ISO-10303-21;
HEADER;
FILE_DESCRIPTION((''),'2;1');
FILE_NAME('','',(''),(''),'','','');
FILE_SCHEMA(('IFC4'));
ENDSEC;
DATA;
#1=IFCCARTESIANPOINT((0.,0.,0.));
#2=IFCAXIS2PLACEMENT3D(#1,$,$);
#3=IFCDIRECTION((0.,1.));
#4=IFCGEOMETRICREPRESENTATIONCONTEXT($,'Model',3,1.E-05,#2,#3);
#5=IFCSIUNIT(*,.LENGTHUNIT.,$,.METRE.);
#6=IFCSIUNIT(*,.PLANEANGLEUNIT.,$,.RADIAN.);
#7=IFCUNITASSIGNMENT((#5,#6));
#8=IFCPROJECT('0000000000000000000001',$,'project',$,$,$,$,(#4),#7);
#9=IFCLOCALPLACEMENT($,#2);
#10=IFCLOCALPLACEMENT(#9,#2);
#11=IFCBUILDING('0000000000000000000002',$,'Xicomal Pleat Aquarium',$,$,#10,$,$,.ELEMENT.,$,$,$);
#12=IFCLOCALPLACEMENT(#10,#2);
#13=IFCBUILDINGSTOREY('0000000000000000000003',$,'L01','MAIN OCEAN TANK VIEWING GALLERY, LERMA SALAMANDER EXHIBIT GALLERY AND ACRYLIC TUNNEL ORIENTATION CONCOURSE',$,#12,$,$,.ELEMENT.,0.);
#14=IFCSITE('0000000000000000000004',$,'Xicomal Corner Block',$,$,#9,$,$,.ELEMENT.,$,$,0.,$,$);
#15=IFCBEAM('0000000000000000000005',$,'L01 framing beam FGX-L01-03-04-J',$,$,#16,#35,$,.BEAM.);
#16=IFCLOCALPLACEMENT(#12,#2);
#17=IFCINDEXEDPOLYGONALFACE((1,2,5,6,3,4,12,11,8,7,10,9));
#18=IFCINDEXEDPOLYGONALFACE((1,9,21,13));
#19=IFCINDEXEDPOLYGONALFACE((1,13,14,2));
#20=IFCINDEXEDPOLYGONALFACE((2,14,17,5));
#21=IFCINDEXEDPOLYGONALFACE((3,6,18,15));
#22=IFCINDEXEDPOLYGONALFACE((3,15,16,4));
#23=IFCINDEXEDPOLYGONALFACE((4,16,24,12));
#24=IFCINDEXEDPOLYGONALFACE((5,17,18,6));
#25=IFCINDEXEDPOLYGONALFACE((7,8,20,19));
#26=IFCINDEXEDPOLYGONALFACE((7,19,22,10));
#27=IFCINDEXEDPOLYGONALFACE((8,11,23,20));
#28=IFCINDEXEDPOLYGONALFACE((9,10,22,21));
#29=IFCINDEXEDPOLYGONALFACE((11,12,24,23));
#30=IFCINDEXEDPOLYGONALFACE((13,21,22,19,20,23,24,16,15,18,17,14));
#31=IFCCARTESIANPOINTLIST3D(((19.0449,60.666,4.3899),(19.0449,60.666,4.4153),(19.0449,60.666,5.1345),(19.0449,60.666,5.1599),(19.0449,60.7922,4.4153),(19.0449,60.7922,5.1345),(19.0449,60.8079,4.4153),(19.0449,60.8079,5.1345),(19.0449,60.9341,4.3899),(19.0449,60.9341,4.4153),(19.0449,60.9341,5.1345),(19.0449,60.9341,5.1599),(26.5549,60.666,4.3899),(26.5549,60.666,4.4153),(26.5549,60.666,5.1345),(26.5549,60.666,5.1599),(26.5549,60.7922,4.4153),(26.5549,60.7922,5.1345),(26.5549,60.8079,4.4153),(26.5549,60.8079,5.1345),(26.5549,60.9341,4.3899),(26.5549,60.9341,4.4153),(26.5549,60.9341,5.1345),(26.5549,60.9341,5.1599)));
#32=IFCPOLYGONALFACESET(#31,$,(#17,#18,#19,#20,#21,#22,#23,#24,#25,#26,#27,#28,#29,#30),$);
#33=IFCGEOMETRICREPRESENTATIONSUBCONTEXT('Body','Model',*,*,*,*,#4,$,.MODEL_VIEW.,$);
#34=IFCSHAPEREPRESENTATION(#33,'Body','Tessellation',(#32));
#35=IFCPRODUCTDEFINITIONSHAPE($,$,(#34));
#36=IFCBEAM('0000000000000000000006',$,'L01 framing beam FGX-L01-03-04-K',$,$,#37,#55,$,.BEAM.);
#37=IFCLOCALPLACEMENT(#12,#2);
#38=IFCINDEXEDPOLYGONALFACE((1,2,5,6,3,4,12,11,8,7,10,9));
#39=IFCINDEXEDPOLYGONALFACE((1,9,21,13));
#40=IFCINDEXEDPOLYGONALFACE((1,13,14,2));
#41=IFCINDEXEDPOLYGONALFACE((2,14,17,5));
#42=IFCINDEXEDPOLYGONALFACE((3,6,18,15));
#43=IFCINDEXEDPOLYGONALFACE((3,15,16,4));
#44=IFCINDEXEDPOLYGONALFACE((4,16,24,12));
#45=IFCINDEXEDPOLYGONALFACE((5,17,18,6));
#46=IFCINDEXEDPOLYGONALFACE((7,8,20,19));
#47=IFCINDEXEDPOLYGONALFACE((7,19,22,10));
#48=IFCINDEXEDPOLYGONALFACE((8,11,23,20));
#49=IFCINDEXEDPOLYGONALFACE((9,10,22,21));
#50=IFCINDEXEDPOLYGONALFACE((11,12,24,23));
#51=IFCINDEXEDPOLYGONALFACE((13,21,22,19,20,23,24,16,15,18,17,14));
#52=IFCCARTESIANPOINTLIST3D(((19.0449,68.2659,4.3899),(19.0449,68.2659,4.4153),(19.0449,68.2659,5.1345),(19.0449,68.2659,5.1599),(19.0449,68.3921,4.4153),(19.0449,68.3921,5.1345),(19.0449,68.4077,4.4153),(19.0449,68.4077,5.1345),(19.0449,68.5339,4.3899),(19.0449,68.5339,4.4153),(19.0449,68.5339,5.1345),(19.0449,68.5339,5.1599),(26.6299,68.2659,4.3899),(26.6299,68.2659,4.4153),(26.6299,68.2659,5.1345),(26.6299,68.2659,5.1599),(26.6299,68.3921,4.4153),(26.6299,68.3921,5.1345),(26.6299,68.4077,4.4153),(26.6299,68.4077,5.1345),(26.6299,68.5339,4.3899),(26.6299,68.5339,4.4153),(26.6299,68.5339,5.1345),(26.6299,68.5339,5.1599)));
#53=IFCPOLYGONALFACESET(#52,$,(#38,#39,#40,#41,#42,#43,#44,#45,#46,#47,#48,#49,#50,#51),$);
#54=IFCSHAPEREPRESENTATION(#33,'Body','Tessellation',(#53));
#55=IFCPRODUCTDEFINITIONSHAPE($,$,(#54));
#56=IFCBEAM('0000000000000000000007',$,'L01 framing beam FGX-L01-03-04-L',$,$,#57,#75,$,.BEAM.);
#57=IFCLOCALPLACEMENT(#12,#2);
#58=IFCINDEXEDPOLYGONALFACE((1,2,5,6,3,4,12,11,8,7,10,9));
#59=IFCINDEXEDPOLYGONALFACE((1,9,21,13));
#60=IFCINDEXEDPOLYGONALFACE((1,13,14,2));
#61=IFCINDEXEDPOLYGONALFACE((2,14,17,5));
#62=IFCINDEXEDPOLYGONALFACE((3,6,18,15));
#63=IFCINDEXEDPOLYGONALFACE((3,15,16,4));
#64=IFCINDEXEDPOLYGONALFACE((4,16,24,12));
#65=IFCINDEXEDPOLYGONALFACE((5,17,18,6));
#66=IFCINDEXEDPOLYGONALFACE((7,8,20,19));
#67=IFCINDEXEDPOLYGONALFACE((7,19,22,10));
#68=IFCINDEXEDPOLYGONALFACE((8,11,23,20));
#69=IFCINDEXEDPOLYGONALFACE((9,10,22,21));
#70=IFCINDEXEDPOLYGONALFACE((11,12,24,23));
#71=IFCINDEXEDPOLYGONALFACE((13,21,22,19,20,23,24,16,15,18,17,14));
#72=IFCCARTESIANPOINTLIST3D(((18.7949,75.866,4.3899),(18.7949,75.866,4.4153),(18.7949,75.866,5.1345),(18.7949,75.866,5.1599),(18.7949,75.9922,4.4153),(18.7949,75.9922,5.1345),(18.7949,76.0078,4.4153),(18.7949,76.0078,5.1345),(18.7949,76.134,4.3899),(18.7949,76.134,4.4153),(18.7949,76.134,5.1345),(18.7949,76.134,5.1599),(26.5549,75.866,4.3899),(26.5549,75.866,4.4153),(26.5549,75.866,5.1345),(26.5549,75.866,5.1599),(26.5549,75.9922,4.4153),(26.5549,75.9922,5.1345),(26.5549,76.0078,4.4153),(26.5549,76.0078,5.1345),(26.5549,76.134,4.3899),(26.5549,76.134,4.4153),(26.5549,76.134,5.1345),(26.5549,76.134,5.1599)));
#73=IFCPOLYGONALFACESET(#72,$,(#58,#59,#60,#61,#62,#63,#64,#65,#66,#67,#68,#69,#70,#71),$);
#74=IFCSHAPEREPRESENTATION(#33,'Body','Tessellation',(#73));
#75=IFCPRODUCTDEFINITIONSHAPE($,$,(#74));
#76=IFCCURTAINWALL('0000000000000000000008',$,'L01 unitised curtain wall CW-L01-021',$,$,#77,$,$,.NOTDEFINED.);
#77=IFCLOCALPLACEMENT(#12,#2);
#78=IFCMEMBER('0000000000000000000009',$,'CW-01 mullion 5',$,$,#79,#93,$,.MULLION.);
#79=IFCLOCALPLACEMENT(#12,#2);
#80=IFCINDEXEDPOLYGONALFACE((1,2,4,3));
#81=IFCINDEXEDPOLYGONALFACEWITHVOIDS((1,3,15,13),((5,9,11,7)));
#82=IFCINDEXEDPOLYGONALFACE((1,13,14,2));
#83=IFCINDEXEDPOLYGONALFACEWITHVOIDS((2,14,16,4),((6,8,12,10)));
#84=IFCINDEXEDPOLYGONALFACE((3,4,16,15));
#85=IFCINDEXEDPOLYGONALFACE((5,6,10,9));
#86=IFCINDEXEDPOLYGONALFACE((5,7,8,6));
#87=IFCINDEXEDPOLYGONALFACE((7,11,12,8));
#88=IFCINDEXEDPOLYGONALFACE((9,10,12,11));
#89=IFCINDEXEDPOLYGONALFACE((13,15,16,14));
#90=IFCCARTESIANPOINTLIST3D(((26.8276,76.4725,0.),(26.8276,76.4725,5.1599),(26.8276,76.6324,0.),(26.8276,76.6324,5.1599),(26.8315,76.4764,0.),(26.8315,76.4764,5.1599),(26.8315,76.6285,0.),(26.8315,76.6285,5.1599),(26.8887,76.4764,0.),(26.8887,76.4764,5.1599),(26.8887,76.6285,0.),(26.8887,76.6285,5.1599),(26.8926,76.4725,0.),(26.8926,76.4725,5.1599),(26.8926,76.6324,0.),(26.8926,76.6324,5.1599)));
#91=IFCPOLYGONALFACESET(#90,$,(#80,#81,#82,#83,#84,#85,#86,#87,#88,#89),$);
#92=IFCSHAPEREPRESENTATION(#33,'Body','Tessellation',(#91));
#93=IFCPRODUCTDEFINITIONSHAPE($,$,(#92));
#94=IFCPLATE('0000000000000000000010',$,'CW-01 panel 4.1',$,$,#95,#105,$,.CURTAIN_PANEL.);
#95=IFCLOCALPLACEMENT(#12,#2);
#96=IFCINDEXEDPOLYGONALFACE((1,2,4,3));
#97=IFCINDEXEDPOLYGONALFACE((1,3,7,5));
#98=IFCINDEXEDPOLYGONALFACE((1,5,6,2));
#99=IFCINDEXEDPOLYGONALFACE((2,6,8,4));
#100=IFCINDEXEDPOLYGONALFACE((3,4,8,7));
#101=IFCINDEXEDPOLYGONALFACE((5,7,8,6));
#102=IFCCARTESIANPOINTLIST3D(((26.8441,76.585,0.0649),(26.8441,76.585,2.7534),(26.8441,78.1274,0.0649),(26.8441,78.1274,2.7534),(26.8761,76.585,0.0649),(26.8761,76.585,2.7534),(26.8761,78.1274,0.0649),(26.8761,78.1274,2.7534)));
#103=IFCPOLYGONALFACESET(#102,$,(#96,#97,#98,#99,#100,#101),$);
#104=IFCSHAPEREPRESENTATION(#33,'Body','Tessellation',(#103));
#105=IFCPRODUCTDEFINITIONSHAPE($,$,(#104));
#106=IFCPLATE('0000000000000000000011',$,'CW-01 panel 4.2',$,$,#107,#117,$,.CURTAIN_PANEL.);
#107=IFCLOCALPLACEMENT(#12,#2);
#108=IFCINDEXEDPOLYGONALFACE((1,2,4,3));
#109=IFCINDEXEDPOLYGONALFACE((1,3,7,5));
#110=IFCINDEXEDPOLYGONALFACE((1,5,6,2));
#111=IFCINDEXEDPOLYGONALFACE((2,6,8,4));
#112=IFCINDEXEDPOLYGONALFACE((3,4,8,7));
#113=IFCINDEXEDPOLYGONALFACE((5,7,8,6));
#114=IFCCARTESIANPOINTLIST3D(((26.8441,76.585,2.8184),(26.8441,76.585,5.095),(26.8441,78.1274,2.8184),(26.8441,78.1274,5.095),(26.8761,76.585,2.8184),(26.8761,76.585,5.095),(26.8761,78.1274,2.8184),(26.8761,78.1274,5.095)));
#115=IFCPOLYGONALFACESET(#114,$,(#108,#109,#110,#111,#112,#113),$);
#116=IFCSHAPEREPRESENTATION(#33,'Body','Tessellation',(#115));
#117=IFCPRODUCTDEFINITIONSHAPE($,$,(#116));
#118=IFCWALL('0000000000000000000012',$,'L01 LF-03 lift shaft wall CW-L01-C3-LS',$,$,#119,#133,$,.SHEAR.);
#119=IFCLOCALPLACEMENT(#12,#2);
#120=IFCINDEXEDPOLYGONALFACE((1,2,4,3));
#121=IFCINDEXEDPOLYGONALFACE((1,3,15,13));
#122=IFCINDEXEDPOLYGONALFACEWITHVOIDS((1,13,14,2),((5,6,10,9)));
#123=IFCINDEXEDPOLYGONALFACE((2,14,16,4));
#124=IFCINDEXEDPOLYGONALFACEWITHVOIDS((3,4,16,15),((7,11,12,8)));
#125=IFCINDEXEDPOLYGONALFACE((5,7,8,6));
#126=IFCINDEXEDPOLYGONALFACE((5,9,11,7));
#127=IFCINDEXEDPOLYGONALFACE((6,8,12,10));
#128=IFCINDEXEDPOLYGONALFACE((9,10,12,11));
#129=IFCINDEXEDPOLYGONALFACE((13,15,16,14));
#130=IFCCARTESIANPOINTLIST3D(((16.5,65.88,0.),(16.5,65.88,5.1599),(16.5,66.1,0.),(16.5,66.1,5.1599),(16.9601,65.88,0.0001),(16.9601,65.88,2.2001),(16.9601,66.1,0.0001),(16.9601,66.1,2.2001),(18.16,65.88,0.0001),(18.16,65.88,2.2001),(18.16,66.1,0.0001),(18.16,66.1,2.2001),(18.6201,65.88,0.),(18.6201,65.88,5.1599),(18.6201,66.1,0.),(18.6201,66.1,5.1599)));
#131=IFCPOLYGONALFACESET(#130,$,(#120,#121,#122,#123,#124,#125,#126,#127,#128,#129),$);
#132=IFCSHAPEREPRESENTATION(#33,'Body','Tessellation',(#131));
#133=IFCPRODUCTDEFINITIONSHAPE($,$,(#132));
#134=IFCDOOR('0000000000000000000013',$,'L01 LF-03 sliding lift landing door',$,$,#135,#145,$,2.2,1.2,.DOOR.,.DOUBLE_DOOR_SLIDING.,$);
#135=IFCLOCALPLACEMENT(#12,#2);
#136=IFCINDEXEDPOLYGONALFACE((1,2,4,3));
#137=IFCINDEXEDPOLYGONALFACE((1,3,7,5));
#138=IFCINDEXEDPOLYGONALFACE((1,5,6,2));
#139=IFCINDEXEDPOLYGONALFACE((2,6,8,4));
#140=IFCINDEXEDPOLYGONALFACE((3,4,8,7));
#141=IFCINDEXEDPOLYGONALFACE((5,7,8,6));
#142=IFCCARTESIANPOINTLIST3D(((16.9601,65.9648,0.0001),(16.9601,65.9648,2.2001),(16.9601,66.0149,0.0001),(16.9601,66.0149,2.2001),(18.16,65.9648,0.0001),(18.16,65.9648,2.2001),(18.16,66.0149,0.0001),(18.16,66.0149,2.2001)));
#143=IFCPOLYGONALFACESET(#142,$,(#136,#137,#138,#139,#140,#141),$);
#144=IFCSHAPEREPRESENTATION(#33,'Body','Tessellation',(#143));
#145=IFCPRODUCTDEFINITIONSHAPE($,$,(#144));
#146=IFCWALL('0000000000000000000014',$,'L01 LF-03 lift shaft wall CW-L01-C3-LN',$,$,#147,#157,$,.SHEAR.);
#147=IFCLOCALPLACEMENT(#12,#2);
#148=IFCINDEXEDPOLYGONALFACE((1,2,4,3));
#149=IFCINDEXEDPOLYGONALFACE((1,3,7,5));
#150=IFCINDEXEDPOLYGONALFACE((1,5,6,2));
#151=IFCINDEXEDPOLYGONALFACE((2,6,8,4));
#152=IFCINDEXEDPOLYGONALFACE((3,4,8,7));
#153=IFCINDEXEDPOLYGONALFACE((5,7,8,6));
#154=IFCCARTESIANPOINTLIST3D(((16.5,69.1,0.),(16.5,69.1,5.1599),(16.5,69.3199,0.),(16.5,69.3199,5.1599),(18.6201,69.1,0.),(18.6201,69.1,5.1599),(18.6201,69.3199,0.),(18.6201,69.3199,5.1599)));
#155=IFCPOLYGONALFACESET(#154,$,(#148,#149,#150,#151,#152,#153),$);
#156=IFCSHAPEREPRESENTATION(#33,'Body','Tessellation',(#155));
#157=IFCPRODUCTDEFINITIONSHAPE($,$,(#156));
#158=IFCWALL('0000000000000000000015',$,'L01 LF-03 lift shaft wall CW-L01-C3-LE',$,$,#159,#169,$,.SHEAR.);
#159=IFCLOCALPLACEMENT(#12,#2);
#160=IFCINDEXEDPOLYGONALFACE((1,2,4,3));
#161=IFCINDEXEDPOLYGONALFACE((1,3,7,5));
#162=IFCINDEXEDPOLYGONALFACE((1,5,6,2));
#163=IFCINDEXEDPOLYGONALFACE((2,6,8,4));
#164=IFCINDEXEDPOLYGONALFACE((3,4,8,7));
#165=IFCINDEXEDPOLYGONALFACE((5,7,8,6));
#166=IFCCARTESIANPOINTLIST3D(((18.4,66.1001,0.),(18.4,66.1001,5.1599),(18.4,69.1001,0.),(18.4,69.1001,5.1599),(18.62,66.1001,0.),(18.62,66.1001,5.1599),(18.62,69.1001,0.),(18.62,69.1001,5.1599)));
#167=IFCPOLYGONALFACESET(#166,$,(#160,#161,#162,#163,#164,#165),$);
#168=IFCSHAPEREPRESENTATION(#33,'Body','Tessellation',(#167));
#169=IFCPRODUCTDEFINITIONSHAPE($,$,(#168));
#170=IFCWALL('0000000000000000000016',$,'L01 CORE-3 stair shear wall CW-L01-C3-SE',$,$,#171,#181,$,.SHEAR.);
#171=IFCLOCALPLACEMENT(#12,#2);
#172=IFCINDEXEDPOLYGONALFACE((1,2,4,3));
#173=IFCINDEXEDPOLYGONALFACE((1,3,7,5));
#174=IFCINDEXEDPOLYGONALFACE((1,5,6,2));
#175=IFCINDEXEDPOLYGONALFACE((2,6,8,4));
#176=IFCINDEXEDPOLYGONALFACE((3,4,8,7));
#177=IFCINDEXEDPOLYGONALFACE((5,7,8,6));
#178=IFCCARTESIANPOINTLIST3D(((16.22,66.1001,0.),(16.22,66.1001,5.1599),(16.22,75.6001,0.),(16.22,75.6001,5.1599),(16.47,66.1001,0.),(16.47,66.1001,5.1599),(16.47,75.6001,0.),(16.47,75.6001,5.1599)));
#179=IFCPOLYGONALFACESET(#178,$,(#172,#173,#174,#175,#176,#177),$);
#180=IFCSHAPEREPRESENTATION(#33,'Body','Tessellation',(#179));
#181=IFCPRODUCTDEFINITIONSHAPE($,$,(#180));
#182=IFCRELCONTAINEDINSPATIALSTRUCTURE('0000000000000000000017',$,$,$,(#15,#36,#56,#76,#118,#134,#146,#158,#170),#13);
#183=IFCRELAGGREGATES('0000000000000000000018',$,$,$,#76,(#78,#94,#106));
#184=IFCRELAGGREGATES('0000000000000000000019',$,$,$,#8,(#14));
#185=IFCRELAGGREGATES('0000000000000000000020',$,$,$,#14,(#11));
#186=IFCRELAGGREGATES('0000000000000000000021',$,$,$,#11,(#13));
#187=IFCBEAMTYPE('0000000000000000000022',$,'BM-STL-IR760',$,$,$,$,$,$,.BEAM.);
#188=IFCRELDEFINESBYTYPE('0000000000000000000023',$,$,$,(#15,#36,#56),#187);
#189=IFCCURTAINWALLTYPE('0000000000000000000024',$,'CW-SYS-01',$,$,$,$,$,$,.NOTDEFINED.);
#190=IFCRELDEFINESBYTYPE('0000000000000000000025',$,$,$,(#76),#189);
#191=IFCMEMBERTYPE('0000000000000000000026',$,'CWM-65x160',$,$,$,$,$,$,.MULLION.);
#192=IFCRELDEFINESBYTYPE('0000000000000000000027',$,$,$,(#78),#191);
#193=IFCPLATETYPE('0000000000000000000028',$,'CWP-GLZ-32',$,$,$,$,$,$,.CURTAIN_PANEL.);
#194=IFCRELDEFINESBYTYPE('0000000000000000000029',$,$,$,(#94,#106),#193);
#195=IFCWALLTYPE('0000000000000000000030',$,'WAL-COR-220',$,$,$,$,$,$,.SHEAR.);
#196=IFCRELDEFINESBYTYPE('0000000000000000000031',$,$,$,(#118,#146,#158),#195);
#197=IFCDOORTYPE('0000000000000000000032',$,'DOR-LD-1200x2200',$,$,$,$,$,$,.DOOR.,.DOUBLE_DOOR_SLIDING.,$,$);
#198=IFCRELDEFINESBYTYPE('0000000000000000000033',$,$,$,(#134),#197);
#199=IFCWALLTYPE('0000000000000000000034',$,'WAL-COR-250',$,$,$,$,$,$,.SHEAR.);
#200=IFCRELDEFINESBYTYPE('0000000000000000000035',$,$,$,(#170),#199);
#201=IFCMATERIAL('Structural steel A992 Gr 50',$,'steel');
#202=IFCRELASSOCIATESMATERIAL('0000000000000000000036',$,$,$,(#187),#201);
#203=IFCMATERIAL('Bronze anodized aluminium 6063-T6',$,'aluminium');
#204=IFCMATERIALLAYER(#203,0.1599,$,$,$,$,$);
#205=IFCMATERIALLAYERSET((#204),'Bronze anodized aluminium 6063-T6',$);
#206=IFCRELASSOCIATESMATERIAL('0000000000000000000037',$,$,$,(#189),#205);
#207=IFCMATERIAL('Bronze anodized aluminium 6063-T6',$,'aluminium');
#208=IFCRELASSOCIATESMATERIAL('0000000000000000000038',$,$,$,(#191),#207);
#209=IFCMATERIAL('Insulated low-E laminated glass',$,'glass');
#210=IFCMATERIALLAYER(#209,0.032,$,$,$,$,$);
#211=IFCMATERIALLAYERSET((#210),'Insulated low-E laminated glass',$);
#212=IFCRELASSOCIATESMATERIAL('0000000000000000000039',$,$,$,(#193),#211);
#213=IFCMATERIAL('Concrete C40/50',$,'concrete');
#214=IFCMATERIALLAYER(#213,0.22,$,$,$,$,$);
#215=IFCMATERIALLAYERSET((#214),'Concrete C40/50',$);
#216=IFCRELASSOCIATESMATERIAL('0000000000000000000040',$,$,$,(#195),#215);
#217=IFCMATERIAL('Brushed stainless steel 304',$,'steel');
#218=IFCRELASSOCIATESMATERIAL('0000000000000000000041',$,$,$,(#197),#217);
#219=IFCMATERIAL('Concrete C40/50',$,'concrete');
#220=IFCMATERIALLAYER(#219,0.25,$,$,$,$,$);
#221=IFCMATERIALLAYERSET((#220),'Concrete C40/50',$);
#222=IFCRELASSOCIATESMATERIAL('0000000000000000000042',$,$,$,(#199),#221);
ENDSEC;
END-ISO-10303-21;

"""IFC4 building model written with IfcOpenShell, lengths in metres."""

from ifc_helpers import new_model, si_unit, direction, frame, frame_2d, origin, origin_2d, place, context, subcontext, project, spatial, rectangle, hollow_rectangle, i_section, extrude, material, layer, layer_set, material_profile, profile_set, type_object, element, fill, aggregate, save


model = new_model("IFC4")

# Units and contexts
model_context = context("Model", 3, precision=1e-05, world=origin(), true_north=direction((0.0, 1.0)))
body_context = subcontext(model_context, "Body", "Model", "MODEL_VIEW")
ifc_project = project(units=[si_unit("LENGTHUNIT", "METRE"), si_unit("PLANEANGLEUNIT", "RADIAN")], contexts=[model_context])

# Site, building, storey
site_placement = place(None, origin())
site = spatial("IfcSite", under=ifc_project, at=site_placement, Name="Xicomal Corner Block", CompositionType="ELEMENT", RefElevation=0.0)
building_placement = place(site_placement, origin())
building = spatial("IfcBuilding", under=site, at=building_placement, Name="Xicomal Pleat Aquarium", CompositionType="ELEMENT")
storey_placement = place(building_placement, origin())
storey = spatial("IfcBuildingStorey", under=building, at=storey_placement, Name="L01", Description="MAIN OCEAN TANK VIEWING GALLERY, LERMA SALAMANDER EXHIBIT GALLERY AND ACRYLIC TUNNEL ORIENTATION CONCOURSE", CompositionType="ELEMENT", Elevation=0.0)

# Beams
ifc_material_1 = material(Name="Structural steel A992 Gr 50", Category="steel")
ifc_material_profile_1 = material_profile(ifc_material_1, i_section(OverallWidth=0.2681, OverallDepth=0.77, WebThickness=0.0156, FlangeThickness=0.0254, at=origin_2d()), Name="IR 760x196")
ifc_profile_set_1 = profile_set([ifc_material_profile_1], Name="Structural steel A992 Gr 50")
beam_type_1 = type_object("IfcBeamType", Name="BM-STL-IR760", PredefinedType="BEAM", material=ifc_profile_set_1)
beam_1_placement = place(storey_placement, frame((19.0449, 60.8, 4.7749), z_axis=(1.0, 0.0, 0.0), x_axis=(0.0, 1.0, 0.0)))
element("IfcBeam", 1, at=beam_1_placement, inside=storey, type_object=beam_type_1, Name="L01 framing beam FGX-L01-03-04-J", PredefinedType="BEAM", context=body_context, shape_type="SweptSolid", body=[
    extrude(i_section(OverallWidth=0.2681, OverallDepth=0.77, WebThickness=0.0156, FlangeThickness=0.0254, at=origin_2d()), origin(), (0.0, 0.0, 1.0), 7.51),
])
beam_2_placement = place(storey_placement, frame((19.0449, 68.3999, 4.7749), z_axis=(1.0, 0.0, 0.0), x_axis=(0.0, 1.0, 0.0)))
element("IfcBeam", 2, at=beam_2_placement, inside=storey, type_object=beam_type_1, Name="L01 framing beam FGX-L01-03-04-K", PredefinedType="BEAM", context=body_context, shape_type="SweptSolid", body=[
    extrude(i_section(OverallWidth=0.2681, OverallDepth=0.77, WebThickness=0.0156, FlangeThickness=0.0254, at=origin_2d()), origin(), (0.0, 0.0, 1.0), 7.585),
])
beam_3_placement = place(storey_placement, frame((18.7949, 76.0, 4.7749), z_axis=(1.0, 0.0, 0.0), x_axis=(0.0, 1.0, 0.0)))
element("IfcBeam", 3, at=beam_3_placement, inside=storey, type_object=beam_type_1, Name="L01 framing beam FGX-L01-03-04-L", PredefinedType="BEAM", context=body_context, shape_type="SweptSolid", body=[
    extrude(i_section(OverallWidth=0.2681, OverallDepth=0.77, WebThickness=0.0156, FlangeThickness=0.0254, at=origin_2d()), origin(), (0.0, 0.0, 1.0), 7.76),
])

# Curtain wall, member, plates
ifc_material_2 = material(Name="Bronze anodized aluminium 6063-T6", Category="aluminium")
ifc_layer_1 = layer(ifc_material_2, 0.1599)
ifc_layer_set_1 = layer_set([ifc_layer_1], Name="Bronze anodized aluminium 6063-T6")
curtain_wall_type = type_object("IfcCurtainWallType", Name="CW-SYS-01", PredefinedType="NOTDEFINED", material=ifc_layer_set_1)
curtain_wall_placement = place(storey_placement, origin())
curtain_wall = element("IfcCurtainWall", 4, at=curtain_wall_placement, inside=storey, type_object=curtain_wall_type, Name="L01 unitised curtain wall CW-L01-021", PredefinedType="NOTDEFINED")
ifc_material_3 = material(Name="Bronze anodized aluminium 6063-T6", Category="aluminium")
ifc_material_profile_2 = material_profile(ifc_material_3, hollow_rectangle(XDim=0.0649, YDim=0.1599, WallThickness=0.0039, at=origin_2d()), Name="ALU MULL 65x160")
ifc_profile_set_2 = profile_set([ifc_material_profile_2], Name="Bronze anodized aluminium 6063-T6")
member_type = type_object("IfcMemberType", Name="CWM-65x160", PredefinedType="MULLION", material=ifc_profile_set_2)
member_placement = place(storey_placement, frame((26.8601, 76.5525, 0.0), z_axis=(0.0, 0.0, 1.0), x_axis=(1.0, 0.0, 0.0)))
member = element("IfcMember", 5, at=member_placement, type_object=member_type, Name="CW-01 mullion 5", PredefinedType="MULLION", context=body_context, shape_type="SweptSolid", body=[
    extrude(hollow_rectangle(XDim=0.0649, YDim=0.1599, WallThickness=0.0039, at=origin_2d()), origin(), (0.0, 0.0, 1.0), 5.1599),
])
ifc_material_4 = material(Name="Insulated low-E laminated glass", Category="glass")
ifc_layer_2 = layer(ifc_material_4, 0.032)
ifc_layer_set_2 = layer_set([ifc_layer_2], Name="Insulated low-E laminated glass")
plate_type = type_object("IfcPlateType", Name="CWP-GLZ-32", PredefinedType="CURTAIN_PANEL", material=ifc_layer_set_2)
plate_1_placement = place(storey_placement, frame((26.8601, 77.3562, 0.0649), z_axis=(0.0, 0.0, 1.0), x_axis=(0.0, -1.0, 0.0)))
plate_1 = element("IfcPlate", 6, at=plate_1_placement, type_object=plate_type, Name="CW-01 panel 4.1", PredefinedType="CURTAIN_PANEL", context=body_context, shape_type="SweptSolid", body=[
    extrude(rectangle(XDim=1.5425, YDim=0.032, at=origin_2d()), origin(), (0.0, 0.0, 1.0), 2.6885),
])
plate_2_placement = place(storey_placement, frame((26.8601, 77.3562, 2.8184), z_axis=(0.0, 0.0, 1.0), x_axis=(0.0, -1.0, 0.0)))
plate_2 = element("IfcPlate", 7, at=plate_2_placement, type_object=plate_type, Name="CW-01 panel 4.2", PredefinedType="CURTAIN_PANEL", context=body_context, shape_type="SweptSolid", body=[
    extrude(rectangle(XDim=1.5425, YDim=0.032, at=origin_2d()), origin(), (0.0, 0.0, 1.0), 2.2766),
])
aggregate(curtain_wall, [member, plate_1, plate_2])

# Wall, opening, door
ifc_material_5 = material(Name="Concrete C40/50", Category="concrete")
ifc_layer_3 = layer(ifc_material_5, 0.22)
ifc_layer_set_3 = layer_set([ifc_layer_3], Name="Concrete C40/50")
wall_type_1 = type_object("IfcWallType", Name="WAL-COR-220", PredefinedType="SHEAR", material=ifc_layer_set_3)
wall_1_placement = place(storey_placement, frame((16.5, 65.99, 0.0), z_axis=(0.0, 0.0, 1.0), x_axis=(1.0, 0.0, 0.0)))
wall_1 = element("IfcWall", 8, at=wall_1_placement, inside=storey, type_object=wall_type_1, Name="L01 LF-03 lift shaft wall CW-L01-C3-LS", PredefinedType="SHEAR", context=body_context, shape_type="SweptSolid", body=[
    extrude(rectangle(XDim=2.1201, YDim=0.22, at=frame_2d((1.0601, 0.0))), origin(), (0.0, 0.0, 1.0), 5.1599),
])
opening_1_placement = place(wall_1_placement, frame((0.46, 0.0, 0.0)))
opening_1 = element("IfcOpeningElement", 9, at=opening_1_placement, cuts=wall_1, PredefinedType="OPENING", context=body_context, shape_type="SweptSolid", body=[
    extrude(rectangle(XDim=1.2, YDim=2.2, at=frame_2d((0.6001, 1.1001))), frame((0.0, 0.1199, 0.0), z_axis=(0.0, -1.0, 0.0), x_axis=(1.0, 0.0, 0.0)), (0.0, 0.0, 1.0), 0.24),
])
ifc_material_6 = material(Name="Brushed stainless steel 304", Category="steel")
door_type_1 = type_object("IfcDoorType", Name="DOR-LD-1200x2200", OperationType="DOUBLE_DOOR_SLIDING", PredefinedType="DOOR", material=ifc_material_6)
door_1_placement = place(opening_1_placement, origin())
door_1 = element("IfcDoor", 10, at=door_1_placement, inside=storey, type_object=door_type_1, Name="L01 LF-03 sliding lift landing door", OperationType="DOUBLE_DOOR_SLIDING", OverallHeight=2.2, OverallWidth=1.2, PredefinedType="DOOR", context=body_context, shape_type="SweptSolid", body=[
    extrude(rectangle(XDim=1.2, YDim=2.2, at=frame_2d((0.6001, 1.1001))), frame((0.0, 0.0249, 0.0), z_axis=(0.0, -1.0, 0.0), x_axis=(1.0, 0.0, 0.0)), (0.0, 0.0, 1.0), 0.05),
])
fill(opening_1, door_1)

# Walls
wall_2_placement = place(storey_placement, frame((16.5, 69.21, 0.0), z_axis=(0.0, 0.0, 1.0), x_axis=(1.0, 0.0, 0.0)))
element("IfcWall", 11, at=wall_2_placement, inside=storey, type_object=wall_type_1, Name="L01 LF-03 lift shaft wall CW-L01-C3-LN", PredefinedType="SHEAR", context=body_context, shape_type="SweptSolid", body=[
    extrude(rectangle(XDim=2.1201, YDim=0.22, at=frame_2d((1.0601, 0.0))), origin(), (0.0, 0.0, 1.0), 5.1599),
])
wall_3_placement = place(storey_placement, frame((18.51, 66.1001, 0.0), z_axis=(0.0, 0.0, 1.0), x_axis=(0.0, 1.0, 0.0)))
element("IfcWall", 12, at=wall_3_placement, inside=storey, type_object=wall_type_1, Name="L01 LF-03 lift shaft wall CW-L01-C3-LE", PredefinedType="SHEAR", context=body_context, shape_type="SweptSolid", body=[
    extrude(rectangle(XDim=3.0, YDim=0.22, at=frame_2d((1.5, 0.0))), origin(), (0.0, 0.0, 1.0), 5.1599),
])
ifc_material_7 = material(Name="Concrete C40/50", Category="concrete")
ifc_layer_4 = layer(ifc_material_7, 0.25)
ifc_layer_set_4 = layer_set([ifc_layer_4], Name="Concrete C40/50")
wall_type_2 = type_object("IfcWallType", Name="WAL-COR-250", PredefinedType="SHEAR", material=ifc_layer_set_4)
wall_4_placement = place(storey_placement, frame((16.345, 66.1001, 0.0), z_axis=(0.0, 0.0, 1.0), x_axis=(0.0, 1.0, 0.0)))
element("IfcWall", 13, at=wall_4_placement, inside=storey, type_object=wall_type_2, Name="L01 CORE-3 stair shear wall CW-L01-C3-SE", PredefinedType="SHEAR", context=body_context, shape_type="SweptSolid", body=[
    extrude(rectangle(XDim=9.5, YDim=0.25, at=frame_2d((4.75, 0.0))), origin(), (0.0, 0.0, 1.0), 5.1599),
])

save(model, "model.ifc")
